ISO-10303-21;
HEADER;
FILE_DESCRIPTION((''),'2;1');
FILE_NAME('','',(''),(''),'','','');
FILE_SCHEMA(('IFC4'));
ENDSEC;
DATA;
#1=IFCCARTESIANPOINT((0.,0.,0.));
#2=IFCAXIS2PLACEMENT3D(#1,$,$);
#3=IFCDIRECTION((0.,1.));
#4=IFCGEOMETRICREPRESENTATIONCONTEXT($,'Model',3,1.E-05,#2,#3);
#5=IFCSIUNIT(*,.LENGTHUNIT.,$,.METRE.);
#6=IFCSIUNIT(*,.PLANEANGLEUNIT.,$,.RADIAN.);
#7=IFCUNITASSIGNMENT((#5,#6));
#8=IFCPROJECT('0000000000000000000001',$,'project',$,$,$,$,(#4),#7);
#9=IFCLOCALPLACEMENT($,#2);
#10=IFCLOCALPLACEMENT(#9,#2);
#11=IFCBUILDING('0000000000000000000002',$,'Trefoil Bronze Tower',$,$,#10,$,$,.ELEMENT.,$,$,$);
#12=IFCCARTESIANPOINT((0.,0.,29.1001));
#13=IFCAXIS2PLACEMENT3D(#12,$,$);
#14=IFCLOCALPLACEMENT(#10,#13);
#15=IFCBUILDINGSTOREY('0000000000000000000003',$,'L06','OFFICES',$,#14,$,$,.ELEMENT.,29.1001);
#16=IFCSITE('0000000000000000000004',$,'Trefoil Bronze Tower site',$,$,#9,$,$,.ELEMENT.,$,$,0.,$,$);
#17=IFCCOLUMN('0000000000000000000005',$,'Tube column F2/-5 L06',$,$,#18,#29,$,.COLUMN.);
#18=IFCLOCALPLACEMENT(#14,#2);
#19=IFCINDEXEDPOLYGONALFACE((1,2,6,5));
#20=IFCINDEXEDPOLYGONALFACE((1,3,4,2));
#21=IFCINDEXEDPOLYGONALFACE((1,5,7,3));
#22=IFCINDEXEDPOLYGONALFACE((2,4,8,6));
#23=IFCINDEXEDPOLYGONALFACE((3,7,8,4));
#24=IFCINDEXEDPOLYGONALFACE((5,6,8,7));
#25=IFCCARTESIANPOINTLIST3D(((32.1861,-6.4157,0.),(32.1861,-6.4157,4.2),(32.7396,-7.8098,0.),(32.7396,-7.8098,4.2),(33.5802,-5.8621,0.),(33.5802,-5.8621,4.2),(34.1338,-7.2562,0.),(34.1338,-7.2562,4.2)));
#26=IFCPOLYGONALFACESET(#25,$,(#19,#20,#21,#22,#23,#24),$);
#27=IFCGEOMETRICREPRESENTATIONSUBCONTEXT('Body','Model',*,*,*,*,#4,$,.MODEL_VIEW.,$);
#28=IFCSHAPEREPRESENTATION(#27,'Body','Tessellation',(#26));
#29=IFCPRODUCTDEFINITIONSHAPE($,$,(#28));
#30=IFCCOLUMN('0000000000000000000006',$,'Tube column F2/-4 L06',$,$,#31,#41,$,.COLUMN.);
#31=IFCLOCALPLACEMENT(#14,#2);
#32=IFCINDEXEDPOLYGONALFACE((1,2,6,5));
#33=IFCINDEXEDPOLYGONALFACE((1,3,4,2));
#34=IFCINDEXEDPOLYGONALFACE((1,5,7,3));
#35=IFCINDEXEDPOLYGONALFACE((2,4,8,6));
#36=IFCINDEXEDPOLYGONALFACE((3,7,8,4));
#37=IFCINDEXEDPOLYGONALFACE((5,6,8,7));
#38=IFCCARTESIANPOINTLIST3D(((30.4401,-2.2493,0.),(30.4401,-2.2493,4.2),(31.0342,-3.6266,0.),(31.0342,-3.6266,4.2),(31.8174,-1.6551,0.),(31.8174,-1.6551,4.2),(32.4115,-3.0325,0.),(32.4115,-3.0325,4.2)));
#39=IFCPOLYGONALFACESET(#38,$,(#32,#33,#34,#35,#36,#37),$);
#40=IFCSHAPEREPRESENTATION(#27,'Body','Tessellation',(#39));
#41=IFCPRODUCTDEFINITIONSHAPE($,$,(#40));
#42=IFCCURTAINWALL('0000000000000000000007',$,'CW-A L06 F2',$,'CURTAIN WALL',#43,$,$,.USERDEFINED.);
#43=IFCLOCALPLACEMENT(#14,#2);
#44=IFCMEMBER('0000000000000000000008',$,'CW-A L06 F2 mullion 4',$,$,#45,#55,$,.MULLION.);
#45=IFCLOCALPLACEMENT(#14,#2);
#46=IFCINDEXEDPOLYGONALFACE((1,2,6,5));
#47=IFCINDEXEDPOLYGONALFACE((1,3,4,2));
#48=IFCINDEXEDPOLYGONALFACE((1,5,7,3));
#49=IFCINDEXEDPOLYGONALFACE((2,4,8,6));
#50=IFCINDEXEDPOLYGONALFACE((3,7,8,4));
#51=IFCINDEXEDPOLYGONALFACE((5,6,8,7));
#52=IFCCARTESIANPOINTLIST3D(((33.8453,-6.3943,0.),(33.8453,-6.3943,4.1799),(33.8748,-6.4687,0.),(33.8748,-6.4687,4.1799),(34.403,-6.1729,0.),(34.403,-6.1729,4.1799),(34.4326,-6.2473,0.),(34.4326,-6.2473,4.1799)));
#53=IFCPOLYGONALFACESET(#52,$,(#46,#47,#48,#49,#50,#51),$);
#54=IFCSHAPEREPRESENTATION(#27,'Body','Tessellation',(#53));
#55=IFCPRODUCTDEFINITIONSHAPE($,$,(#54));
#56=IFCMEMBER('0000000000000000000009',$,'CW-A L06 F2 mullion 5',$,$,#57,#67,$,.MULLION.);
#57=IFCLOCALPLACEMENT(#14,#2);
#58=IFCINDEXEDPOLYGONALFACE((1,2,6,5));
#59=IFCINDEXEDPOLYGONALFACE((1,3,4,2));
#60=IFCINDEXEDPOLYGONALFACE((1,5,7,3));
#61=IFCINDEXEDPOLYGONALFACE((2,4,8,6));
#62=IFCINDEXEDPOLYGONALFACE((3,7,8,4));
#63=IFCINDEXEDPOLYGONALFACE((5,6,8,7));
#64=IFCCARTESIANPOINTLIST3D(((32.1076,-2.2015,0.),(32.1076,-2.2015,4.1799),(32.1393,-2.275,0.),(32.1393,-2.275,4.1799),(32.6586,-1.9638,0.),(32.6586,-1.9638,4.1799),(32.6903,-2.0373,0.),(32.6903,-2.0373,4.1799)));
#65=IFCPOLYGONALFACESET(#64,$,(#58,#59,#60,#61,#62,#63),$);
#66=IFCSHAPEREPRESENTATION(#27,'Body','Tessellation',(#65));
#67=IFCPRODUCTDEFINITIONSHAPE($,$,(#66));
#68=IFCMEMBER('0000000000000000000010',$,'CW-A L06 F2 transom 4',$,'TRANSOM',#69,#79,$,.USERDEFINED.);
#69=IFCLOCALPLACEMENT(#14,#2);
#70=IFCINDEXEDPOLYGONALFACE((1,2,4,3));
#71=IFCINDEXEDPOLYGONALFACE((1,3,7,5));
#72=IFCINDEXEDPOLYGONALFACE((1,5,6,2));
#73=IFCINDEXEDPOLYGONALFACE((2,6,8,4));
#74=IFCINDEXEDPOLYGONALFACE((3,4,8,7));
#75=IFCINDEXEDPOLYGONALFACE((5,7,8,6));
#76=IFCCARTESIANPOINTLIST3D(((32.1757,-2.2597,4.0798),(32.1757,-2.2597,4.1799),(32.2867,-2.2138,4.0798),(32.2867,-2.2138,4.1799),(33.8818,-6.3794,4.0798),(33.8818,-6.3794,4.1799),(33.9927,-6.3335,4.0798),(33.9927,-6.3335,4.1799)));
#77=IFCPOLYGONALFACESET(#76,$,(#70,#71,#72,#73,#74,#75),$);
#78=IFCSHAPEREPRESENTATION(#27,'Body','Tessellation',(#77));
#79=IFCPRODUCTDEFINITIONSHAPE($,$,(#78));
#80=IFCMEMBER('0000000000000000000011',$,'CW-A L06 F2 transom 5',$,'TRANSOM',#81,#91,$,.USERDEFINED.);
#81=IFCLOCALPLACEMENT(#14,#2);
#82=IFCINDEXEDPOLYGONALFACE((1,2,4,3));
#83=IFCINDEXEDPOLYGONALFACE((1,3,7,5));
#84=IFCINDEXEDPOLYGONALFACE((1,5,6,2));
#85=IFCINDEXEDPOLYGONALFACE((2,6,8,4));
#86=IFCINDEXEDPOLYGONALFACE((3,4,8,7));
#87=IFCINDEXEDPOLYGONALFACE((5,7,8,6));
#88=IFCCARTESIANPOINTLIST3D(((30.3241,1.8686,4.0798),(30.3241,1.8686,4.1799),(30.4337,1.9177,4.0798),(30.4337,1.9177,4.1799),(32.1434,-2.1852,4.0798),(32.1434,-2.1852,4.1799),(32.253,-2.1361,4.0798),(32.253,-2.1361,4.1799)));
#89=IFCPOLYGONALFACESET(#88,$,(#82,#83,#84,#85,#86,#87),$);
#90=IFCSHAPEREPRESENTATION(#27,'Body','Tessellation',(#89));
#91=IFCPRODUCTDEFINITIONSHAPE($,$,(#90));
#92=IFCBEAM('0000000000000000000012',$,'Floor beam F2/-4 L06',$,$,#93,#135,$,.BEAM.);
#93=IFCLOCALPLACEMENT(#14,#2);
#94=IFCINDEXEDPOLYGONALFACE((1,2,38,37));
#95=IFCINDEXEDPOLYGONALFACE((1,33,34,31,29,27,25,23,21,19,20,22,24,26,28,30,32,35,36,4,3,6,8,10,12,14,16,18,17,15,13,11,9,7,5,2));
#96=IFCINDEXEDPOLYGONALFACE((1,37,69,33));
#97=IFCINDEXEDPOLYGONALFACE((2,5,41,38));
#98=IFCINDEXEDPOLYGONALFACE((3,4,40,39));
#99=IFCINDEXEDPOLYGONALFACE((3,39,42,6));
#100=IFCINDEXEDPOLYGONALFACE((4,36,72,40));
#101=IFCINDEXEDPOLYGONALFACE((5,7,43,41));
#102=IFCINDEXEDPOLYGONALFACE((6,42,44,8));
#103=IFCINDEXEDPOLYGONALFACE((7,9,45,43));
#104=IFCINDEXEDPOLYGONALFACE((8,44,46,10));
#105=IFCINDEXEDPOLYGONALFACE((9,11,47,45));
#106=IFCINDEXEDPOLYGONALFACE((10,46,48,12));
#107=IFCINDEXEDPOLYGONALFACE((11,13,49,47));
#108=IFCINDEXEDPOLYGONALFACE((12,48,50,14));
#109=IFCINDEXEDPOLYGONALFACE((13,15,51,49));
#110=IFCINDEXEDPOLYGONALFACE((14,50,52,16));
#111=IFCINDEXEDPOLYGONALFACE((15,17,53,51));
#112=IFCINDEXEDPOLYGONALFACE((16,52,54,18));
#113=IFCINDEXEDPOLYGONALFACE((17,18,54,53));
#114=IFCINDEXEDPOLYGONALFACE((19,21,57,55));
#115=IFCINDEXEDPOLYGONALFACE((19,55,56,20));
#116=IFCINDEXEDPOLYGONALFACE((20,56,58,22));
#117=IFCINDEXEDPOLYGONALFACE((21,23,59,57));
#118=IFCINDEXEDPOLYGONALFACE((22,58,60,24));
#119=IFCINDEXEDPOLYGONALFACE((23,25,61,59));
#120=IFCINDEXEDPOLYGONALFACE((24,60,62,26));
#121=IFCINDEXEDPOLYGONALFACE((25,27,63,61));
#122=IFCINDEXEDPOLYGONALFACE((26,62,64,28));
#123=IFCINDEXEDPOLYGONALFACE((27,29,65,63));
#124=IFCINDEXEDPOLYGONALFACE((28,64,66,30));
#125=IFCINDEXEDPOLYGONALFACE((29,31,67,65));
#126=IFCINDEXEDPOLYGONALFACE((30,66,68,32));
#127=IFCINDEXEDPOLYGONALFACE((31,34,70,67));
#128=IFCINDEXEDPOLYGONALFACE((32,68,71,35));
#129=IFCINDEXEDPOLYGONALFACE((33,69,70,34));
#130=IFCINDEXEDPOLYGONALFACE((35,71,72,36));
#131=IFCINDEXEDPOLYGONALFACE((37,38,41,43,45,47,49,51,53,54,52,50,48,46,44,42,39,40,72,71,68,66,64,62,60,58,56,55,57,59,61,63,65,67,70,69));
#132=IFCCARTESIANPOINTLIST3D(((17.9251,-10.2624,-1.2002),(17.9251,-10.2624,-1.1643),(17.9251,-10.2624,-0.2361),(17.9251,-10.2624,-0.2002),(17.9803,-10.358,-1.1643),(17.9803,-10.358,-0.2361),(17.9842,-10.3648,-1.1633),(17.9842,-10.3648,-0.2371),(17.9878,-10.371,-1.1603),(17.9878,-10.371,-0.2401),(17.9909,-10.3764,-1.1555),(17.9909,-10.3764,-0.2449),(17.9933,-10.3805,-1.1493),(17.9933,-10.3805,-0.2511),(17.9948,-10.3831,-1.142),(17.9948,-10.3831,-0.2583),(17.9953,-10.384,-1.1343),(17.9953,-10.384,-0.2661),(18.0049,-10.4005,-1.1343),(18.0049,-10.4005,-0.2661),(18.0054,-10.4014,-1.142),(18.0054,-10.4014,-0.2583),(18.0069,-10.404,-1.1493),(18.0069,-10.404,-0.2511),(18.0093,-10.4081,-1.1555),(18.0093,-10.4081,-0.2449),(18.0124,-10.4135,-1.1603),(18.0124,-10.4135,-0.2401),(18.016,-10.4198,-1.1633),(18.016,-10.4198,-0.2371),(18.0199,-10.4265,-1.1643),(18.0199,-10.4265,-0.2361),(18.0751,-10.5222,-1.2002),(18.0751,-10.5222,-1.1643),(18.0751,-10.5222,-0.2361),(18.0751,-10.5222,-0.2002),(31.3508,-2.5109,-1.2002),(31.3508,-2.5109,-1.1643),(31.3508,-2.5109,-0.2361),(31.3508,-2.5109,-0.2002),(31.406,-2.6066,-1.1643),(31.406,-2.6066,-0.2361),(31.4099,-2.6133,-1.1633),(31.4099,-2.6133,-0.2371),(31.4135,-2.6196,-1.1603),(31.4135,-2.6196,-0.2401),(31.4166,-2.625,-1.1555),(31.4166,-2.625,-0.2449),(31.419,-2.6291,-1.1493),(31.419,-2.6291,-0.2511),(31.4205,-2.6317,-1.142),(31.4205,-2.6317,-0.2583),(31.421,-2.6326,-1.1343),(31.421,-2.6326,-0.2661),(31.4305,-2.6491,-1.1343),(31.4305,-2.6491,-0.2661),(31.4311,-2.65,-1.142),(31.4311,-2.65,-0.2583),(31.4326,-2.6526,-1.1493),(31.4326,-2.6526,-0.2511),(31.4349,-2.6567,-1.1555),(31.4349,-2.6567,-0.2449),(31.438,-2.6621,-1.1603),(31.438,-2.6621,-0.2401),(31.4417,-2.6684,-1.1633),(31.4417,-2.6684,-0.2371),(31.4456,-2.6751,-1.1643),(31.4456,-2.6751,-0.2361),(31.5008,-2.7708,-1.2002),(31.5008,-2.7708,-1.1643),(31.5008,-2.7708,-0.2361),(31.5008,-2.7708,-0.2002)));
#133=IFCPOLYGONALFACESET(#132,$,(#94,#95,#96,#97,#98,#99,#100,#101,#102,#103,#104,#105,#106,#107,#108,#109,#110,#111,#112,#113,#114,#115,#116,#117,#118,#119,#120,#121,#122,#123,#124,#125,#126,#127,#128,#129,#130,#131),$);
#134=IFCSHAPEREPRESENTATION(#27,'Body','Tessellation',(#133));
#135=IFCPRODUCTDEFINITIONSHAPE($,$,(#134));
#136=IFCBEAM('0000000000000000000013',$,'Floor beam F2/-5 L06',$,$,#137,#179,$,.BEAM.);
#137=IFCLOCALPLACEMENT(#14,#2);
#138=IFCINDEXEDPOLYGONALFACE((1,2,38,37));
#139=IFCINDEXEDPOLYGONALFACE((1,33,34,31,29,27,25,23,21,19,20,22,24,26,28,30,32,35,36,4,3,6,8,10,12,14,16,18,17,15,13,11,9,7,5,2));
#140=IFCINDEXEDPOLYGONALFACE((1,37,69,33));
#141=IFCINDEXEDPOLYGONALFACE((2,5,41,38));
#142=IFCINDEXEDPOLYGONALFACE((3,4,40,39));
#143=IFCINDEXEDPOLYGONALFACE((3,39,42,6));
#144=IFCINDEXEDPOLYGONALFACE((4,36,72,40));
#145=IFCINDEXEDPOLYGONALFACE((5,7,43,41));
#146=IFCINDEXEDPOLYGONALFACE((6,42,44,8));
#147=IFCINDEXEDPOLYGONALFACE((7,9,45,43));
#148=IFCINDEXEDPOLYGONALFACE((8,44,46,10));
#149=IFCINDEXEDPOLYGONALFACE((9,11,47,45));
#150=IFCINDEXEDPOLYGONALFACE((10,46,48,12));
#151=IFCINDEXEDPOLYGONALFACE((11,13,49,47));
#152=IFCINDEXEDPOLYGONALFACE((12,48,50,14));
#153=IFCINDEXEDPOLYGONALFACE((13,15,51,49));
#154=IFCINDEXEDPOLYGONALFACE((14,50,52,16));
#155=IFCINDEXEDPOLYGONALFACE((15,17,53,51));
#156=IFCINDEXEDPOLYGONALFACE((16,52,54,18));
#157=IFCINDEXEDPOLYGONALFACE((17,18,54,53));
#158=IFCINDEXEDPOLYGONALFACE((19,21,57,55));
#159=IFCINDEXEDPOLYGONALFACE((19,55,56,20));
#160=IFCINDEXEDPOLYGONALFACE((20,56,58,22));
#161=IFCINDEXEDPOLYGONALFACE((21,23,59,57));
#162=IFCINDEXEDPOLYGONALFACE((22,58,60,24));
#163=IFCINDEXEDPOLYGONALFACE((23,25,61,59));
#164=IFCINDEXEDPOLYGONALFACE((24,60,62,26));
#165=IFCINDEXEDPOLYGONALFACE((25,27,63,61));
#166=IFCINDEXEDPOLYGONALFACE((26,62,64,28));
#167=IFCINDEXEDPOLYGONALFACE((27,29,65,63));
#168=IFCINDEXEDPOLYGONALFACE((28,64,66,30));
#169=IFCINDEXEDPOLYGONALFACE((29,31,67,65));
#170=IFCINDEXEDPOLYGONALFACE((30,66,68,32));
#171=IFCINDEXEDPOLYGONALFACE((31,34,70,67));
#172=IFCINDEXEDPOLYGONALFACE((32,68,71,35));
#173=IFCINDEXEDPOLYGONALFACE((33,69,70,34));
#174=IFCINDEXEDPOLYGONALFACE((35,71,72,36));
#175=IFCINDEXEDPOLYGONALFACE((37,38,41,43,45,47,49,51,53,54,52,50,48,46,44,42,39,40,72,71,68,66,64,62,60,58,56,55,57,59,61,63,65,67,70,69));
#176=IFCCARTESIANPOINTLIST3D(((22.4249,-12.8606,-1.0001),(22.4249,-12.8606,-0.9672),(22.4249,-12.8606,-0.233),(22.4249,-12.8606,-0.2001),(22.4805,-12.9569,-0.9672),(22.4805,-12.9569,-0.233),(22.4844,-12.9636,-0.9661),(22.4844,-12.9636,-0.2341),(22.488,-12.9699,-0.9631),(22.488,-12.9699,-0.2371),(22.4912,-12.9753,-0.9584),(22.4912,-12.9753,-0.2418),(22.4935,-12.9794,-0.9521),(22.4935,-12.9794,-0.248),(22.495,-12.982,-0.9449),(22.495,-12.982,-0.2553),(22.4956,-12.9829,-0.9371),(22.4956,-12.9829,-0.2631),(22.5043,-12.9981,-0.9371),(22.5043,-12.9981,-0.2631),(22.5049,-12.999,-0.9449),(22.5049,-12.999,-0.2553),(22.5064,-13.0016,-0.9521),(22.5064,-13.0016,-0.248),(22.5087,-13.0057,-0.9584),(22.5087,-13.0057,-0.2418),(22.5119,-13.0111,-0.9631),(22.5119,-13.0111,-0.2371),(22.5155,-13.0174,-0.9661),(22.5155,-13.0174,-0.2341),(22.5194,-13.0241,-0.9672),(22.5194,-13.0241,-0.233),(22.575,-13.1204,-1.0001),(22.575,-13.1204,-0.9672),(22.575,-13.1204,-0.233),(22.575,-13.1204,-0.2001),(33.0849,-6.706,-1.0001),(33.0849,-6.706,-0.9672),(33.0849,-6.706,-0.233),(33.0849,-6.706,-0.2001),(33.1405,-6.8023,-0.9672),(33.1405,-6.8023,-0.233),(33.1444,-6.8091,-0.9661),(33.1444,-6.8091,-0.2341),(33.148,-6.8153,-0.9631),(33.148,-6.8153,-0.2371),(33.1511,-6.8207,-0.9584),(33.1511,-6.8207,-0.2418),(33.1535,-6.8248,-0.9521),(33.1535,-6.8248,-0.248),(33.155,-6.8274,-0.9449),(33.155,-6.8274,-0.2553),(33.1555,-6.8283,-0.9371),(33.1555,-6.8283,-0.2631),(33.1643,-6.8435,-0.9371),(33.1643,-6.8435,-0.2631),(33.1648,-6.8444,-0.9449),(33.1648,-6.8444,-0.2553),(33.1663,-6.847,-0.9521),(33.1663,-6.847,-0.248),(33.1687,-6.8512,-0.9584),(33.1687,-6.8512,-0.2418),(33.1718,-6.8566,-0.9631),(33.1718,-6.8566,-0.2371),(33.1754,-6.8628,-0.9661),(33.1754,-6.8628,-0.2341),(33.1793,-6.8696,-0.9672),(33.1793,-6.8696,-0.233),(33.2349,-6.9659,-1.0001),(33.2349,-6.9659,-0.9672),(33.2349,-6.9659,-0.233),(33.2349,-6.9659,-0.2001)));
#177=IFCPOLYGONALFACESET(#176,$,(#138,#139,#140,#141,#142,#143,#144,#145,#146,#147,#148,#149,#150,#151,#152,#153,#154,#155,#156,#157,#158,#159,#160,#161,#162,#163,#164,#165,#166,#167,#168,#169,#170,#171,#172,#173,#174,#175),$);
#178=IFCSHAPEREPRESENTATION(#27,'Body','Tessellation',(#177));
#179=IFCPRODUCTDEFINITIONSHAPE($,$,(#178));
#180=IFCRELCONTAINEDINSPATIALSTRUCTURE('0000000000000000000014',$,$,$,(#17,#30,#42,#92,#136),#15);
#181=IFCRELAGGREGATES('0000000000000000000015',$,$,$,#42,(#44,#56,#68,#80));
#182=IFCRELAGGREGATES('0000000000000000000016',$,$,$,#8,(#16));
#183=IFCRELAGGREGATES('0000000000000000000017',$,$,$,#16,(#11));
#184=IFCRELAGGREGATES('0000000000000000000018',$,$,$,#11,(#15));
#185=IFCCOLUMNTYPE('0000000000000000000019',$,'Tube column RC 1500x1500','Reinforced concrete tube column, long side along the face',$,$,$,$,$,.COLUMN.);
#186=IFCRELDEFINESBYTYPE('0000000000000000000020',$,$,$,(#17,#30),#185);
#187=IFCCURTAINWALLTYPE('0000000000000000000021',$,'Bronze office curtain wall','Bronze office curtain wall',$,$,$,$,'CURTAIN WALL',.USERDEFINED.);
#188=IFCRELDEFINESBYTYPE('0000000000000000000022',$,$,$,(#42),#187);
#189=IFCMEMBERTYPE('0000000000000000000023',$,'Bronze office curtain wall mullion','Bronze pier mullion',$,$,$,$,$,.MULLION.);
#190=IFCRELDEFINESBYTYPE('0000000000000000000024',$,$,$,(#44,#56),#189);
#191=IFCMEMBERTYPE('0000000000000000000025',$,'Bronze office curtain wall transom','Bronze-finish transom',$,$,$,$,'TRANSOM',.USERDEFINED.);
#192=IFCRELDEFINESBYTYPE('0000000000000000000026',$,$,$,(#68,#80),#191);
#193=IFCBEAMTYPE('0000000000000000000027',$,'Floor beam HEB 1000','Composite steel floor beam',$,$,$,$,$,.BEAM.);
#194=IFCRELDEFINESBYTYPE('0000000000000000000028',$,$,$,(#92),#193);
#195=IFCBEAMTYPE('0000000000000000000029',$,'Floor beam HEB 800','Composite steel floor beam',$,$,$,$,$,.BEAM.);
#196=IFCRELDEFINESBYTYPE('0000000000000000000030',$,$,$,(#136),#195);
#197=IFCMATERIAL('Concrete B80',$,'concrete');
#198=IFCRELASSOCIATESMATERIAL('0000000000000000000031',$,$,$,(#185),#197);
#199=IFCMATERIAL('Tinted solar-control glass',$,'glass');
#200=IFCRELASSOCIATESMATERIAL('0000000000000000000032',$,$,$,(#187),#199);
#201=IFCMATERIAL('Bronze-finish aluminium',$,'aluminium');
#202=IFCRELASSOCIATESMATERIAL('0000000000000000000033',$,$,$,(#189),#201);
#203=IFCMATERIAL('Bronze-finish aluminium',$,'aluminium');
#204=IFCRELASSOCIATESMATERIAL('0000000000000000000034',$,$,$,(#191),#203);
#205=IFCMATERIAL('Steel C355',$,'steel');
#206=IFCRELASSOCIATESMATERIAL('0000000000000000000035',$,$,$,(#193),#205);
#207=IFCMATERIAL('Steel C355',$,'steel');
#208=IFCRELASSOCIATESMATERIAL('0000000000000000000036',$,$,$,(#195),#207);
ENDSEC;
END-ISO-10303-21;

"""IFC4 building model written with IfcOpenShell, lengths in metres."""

from ifc_helpers import new_model, si_unit, direction, frame, origin, origin_2d, place, context, subcontext, project, spatial, rectangle, i_section, extrude, material, material_profile, profile_set, type_object, element, aggregate, save


model = new_model("IFC4")

# Units and contexts
model_context = context("Model", 3, precision=1e-05, world=origin(), true_north=direction((0.0, 1.0)))
body_context = subcontext(model_context, "Body", "Model", "MODEL_VIEW")
ifc_project = project(units=[si_unit("LENGTHUNIT", "METRE"), si_unit("PLANEANGLEUNIT", "RADIAN")], contexts=[model_context])

# Site, building, storey
site_placement = place(None, origin())
site = spatial("IfcSite", under=ifc_project, at=site_placement, Name="Trefoil Bronze Tower site", CompositionType="ELEMENT", RefElevation=0.0)
building_placement = place(site_placement, origin())
building = spatial("IfcBuilding", under=site, at=building_placement, Name="Trefoil Bronze Tower", CompositionType="ELEMENT")
storey_placement = place(building_placement, frame((0.0, 0.0, 29.1001)))
storey = spatial("IfcBuildingStorey", under=building, at=storey_placement, Name="L06", Description="OFFICES", CompositionType="ELEMENT", Elevation=29.1001)

# Columns
ifc_material_1 = material(Name="Concrete B80", Category="concrete")
ifc_material_profile_1 = material_profile(ifc_material_1, rectangle(XDim=1.5, YDim=1.5, at=origin_2d()), Name="RC 1500x1500")
ifc_profile_set_1 = profile_set([ifc_material_profile_1], Name="Concrete B80")
column_type = type_object("IfcColumnType", Name="Tube column RC 1500x1500", Description="Reinforced concrete tube column, long side along the face", PredefinedType="COLUMN", material=ifc_profile_set_1)
for number, where, z_axis, x_axis, name in (
    (1, (33.1599, -6.8359, 0.0), (0.0, 0.0, 1.0), (-0.36904, 0.929414, 0.0), "Tube column F2/-5 L06"),
    (2, (31.4258, -2.6409, 0.0), (0.0, 0.0, 1.0), (-0.396085, 0.918214, 0.0), "Tube column F2/-4 L06"),
):
    element("IfcColumn", number, at=place(storey_placement, frame(where, z_axis=z_axis, x_axis=x_axis)), inside=storey, type_object=column_type, Name=name, PredefinedType="COLUMN", context=body_context, shape_type="SweptSolid", body=[
        extrude(rectangle(XDim=1.5, YDim=1.5, at=origin_2d()), origin(), (0.0, 0.0, 1.0), 4.2),
    ])

# Curtain wall, members
ifc_material_2 = material(Name="Tinted solar-control glass", Category="glass")
curtain_wall_type = type_object("IfcCurtainWallType", Name="Bronze office curtain wall", Description="Bronze office curtain wall", ElementType="CURTAIN WALL", PredefinedType="USERDEFINED", material=ifc_material_2)
curtain_wall_placement = place(storey_placement, origin())
curtain_wall = element("IfcCurtainWall", 3, at=curtain_wall_placement, inside=storey, type_object=curtain_wall_type, Name="CW-A L06 F2", ObjectType="CURTAIN WALL", PredefinedType="USERDEFINED")
ifc_material_3 = material(Name="Bronze-finish aluminium", Category="aluminium")
ifc_material_profile_2 = material_profile(ifc_material_3, rectangle(XDim=0.6001, YDim=0.0801, at=origin_2d()), Name="CW-A mullion")
ifc_profile_set_2 = profile_set([ifc_material_profile_2], Name="Bronze-finish aluminium")
member_type_1 = type_object("IfcMemberType", Name="Bronze office curtain wall mullion", Description="Bronze pier mullion", PredefinedType="MULLION", material=ifc_profile_set_2)
member_1_placement = place(storey_placement, frame((34.1389, -6.3208, 0.0), z_axis=(0.0, 0.0, 1.0), x_axis=(-0.929414, -0.36904, 0.0)))
member_1 = element("IfcMember", 4, at=member_1_placement, type_object=member_type_1, Name="CW-A L06 F2 mullion 4", PredefinedType="MULLION", context=body_context, shape_type="SweptSolid", body=[
    extrude(rectangle(XDim=0.6001, YDim=0.0801, at=origin_2d()), origin(), (0.0, 0.0, 1.0), 4.1799),
])
member_2_placement = place(storey_placement, frame((32.3989, -2.1194, 0.0), z_axis=(0.0, 0.0, 1.0), x_axis=(-0.918214, -0.396085, 0.0)))
member_2 = element("IfcMember", 5, at=member_2_placement, type_object=member_type_1, Name="CW-A L06 F2 mullion 5", PredefinedType="MULLION", context=body_context, shape_type="SweptSolid", body=[
    extrude(rectangle(XDim=0.6001, YDim=0.0801, at=origin_2d()), origin(), (0.0, 0.0, 1.0), 4.1799),
])
ifc_material_4 = material(Name="Bronze-finish aluminium", Category="aluminium")
ifc_material_profile_3 = material_profile(ifc_material_4, rectangle(XDim=0.1201, YDim=0.1001, at=origin_2d()), Name="CW-A transom")
ifc_profile_set_3 = profile_set([ifc_material_profile_3], Name="Bronze-finish aluminium")
member_type_2 = type_object("IfcMemberType", Name="Bronze office curtain wall transom", Description="Bronze-finish transom", ElementType="TRANSOM", PredefinedType="USERDEFINED", material=ifc_profile_set_3)
member_3_placement = place(storey_placement, frame((33.9373, -6.3564, 4.1299), z_axis=(-0.382616, 0.923907, 0.0), x_axis=(-0.923907, -0.382616, 0.0)))
member_3 = element("IfcMember", 6, at=member_3_placement, type_object=member_type_2, Name="CW-A L06 F2 transom 4", ObjectType="TRANSOM", PredefinedType="USERDEFINED", context=body_context, shape_type="SweptSolid", body=[
    extrude(rectangle(XDim=0.1201, YDim=0.1001, at=origin_2d()), origin(), (0.0, 0.0, 1.0), 4.459),
])
member_4_placement = place(storey_placement, frame((32.1982, -2.1606, 4.1299), z_axis=(-0.40946, 0.912328, 0.0), x_axis=(-0.912328, -0.40946, 0.0)))
member_4 = element("IfcMember", 7, at=member_4_placement, type_object=member_type_2, Name="CW-A L06 F2 transom 5", ObjectType="TRANSOM", PredefinedType="USERDEFINED", context=body_context, shape_type="SweptSolid", body=[
    extrude(rectangle(XDim=0.1201, YDim=0.1001, at=origin_2d()), origin(), (0.0, 0.0, 1.0), 4.4434),
])

# Beams
ifc_material_5 = material(Name="Steel C355", Category="steel")
ifc_material_profile_4 = material_profile(ifc_material_5, i_section(OverallWidth=0.3, OverallDepth=1.0, WebThickness=0.019, FlangeThickness=0.0359, FilletRadius=0.03, at=origin_2d()), Name="HEB 1000")
ifc_profile_set_4 = profile_set([ifc_material_profile_4], Name="Steel C355")
beam_type_1 = type_object("IfcBeamType", Name="Floor beam HEB 1000", Description="Composite steel floor beam", PredefinedType="BEAM", material=ifc_profile_set_4)
beam_1_placement = place(storey_placement, frame((31.4258, -2.6409, -0.7002), z_axis=(-0.866023, -0.500004, 0.0), x_axis=(0.500004, -0.866023, 0.0)))
element("IfcBeam", 8, at=beam_1_placement, inside=storey, type_object=beam_type_1, Name="Floor beam F2/-4 L06", PredefinedType="BEAM", context=body_context, shape_type="SweptSolid", body=[
    extrude(i_section(OverallWidth=0.3, OverallDepth=1.0, WebThickness=0.019, FlangeThickness=0.0359, FilletRadius=0.03, at=origin_2d()), origin(), (0.0, 0.0, 1.0), 15.5027),
])
ifc_material_6 = material(Name="Steel C355", Category="steel")
ifc_material_profile_5 = material_profile(ifc_material_6, i_section(OverallWidth=0.3, OverallDepth=0.8, WebThickness=0.0176, FlangeThickness=0.033, FilletRadius=0.03, at=origin_2d()), Name="HEB 800")
ifc_profile_set_5 = profile_set([ifc_material_profile_5], Name="Steel C355")
beam_type_2 = type_object("IfcBeamType", Name="Floor beam HEB 800", Description="Composite steel floor beam", PredefinedType="BEAM", material=ifc_profile_set_5)
beam_2_placement = place(storey_placement, frame((33.1599, -6.8359, -0.6001), z_axis=(-0.866024, -0.500002, 0.0), x_axis=(0.500002, -0.866024, 0.0)))
element("IfcBeam", 9, at=beam_2_placement, inside=storey, type_object=beam_type_2, Name="Floor beam F2/-5 L06", PredefinedType="BEAM", context=body_context, shape_type="SweptSolid", body=[
    extrude(i_section(OverallWidth=0.3, OverallDepth=0.8, WebThickness=0.0176, FlangeThickness=0.033, FilletRadius=0.03, at=origin_2d()), origin(), (0.0, 0.0, 1.0), 12.3091),
])

aggregate(curtain_wall, [member_1, member_2, member_3, member_4])

save(model, "model.ifc")
